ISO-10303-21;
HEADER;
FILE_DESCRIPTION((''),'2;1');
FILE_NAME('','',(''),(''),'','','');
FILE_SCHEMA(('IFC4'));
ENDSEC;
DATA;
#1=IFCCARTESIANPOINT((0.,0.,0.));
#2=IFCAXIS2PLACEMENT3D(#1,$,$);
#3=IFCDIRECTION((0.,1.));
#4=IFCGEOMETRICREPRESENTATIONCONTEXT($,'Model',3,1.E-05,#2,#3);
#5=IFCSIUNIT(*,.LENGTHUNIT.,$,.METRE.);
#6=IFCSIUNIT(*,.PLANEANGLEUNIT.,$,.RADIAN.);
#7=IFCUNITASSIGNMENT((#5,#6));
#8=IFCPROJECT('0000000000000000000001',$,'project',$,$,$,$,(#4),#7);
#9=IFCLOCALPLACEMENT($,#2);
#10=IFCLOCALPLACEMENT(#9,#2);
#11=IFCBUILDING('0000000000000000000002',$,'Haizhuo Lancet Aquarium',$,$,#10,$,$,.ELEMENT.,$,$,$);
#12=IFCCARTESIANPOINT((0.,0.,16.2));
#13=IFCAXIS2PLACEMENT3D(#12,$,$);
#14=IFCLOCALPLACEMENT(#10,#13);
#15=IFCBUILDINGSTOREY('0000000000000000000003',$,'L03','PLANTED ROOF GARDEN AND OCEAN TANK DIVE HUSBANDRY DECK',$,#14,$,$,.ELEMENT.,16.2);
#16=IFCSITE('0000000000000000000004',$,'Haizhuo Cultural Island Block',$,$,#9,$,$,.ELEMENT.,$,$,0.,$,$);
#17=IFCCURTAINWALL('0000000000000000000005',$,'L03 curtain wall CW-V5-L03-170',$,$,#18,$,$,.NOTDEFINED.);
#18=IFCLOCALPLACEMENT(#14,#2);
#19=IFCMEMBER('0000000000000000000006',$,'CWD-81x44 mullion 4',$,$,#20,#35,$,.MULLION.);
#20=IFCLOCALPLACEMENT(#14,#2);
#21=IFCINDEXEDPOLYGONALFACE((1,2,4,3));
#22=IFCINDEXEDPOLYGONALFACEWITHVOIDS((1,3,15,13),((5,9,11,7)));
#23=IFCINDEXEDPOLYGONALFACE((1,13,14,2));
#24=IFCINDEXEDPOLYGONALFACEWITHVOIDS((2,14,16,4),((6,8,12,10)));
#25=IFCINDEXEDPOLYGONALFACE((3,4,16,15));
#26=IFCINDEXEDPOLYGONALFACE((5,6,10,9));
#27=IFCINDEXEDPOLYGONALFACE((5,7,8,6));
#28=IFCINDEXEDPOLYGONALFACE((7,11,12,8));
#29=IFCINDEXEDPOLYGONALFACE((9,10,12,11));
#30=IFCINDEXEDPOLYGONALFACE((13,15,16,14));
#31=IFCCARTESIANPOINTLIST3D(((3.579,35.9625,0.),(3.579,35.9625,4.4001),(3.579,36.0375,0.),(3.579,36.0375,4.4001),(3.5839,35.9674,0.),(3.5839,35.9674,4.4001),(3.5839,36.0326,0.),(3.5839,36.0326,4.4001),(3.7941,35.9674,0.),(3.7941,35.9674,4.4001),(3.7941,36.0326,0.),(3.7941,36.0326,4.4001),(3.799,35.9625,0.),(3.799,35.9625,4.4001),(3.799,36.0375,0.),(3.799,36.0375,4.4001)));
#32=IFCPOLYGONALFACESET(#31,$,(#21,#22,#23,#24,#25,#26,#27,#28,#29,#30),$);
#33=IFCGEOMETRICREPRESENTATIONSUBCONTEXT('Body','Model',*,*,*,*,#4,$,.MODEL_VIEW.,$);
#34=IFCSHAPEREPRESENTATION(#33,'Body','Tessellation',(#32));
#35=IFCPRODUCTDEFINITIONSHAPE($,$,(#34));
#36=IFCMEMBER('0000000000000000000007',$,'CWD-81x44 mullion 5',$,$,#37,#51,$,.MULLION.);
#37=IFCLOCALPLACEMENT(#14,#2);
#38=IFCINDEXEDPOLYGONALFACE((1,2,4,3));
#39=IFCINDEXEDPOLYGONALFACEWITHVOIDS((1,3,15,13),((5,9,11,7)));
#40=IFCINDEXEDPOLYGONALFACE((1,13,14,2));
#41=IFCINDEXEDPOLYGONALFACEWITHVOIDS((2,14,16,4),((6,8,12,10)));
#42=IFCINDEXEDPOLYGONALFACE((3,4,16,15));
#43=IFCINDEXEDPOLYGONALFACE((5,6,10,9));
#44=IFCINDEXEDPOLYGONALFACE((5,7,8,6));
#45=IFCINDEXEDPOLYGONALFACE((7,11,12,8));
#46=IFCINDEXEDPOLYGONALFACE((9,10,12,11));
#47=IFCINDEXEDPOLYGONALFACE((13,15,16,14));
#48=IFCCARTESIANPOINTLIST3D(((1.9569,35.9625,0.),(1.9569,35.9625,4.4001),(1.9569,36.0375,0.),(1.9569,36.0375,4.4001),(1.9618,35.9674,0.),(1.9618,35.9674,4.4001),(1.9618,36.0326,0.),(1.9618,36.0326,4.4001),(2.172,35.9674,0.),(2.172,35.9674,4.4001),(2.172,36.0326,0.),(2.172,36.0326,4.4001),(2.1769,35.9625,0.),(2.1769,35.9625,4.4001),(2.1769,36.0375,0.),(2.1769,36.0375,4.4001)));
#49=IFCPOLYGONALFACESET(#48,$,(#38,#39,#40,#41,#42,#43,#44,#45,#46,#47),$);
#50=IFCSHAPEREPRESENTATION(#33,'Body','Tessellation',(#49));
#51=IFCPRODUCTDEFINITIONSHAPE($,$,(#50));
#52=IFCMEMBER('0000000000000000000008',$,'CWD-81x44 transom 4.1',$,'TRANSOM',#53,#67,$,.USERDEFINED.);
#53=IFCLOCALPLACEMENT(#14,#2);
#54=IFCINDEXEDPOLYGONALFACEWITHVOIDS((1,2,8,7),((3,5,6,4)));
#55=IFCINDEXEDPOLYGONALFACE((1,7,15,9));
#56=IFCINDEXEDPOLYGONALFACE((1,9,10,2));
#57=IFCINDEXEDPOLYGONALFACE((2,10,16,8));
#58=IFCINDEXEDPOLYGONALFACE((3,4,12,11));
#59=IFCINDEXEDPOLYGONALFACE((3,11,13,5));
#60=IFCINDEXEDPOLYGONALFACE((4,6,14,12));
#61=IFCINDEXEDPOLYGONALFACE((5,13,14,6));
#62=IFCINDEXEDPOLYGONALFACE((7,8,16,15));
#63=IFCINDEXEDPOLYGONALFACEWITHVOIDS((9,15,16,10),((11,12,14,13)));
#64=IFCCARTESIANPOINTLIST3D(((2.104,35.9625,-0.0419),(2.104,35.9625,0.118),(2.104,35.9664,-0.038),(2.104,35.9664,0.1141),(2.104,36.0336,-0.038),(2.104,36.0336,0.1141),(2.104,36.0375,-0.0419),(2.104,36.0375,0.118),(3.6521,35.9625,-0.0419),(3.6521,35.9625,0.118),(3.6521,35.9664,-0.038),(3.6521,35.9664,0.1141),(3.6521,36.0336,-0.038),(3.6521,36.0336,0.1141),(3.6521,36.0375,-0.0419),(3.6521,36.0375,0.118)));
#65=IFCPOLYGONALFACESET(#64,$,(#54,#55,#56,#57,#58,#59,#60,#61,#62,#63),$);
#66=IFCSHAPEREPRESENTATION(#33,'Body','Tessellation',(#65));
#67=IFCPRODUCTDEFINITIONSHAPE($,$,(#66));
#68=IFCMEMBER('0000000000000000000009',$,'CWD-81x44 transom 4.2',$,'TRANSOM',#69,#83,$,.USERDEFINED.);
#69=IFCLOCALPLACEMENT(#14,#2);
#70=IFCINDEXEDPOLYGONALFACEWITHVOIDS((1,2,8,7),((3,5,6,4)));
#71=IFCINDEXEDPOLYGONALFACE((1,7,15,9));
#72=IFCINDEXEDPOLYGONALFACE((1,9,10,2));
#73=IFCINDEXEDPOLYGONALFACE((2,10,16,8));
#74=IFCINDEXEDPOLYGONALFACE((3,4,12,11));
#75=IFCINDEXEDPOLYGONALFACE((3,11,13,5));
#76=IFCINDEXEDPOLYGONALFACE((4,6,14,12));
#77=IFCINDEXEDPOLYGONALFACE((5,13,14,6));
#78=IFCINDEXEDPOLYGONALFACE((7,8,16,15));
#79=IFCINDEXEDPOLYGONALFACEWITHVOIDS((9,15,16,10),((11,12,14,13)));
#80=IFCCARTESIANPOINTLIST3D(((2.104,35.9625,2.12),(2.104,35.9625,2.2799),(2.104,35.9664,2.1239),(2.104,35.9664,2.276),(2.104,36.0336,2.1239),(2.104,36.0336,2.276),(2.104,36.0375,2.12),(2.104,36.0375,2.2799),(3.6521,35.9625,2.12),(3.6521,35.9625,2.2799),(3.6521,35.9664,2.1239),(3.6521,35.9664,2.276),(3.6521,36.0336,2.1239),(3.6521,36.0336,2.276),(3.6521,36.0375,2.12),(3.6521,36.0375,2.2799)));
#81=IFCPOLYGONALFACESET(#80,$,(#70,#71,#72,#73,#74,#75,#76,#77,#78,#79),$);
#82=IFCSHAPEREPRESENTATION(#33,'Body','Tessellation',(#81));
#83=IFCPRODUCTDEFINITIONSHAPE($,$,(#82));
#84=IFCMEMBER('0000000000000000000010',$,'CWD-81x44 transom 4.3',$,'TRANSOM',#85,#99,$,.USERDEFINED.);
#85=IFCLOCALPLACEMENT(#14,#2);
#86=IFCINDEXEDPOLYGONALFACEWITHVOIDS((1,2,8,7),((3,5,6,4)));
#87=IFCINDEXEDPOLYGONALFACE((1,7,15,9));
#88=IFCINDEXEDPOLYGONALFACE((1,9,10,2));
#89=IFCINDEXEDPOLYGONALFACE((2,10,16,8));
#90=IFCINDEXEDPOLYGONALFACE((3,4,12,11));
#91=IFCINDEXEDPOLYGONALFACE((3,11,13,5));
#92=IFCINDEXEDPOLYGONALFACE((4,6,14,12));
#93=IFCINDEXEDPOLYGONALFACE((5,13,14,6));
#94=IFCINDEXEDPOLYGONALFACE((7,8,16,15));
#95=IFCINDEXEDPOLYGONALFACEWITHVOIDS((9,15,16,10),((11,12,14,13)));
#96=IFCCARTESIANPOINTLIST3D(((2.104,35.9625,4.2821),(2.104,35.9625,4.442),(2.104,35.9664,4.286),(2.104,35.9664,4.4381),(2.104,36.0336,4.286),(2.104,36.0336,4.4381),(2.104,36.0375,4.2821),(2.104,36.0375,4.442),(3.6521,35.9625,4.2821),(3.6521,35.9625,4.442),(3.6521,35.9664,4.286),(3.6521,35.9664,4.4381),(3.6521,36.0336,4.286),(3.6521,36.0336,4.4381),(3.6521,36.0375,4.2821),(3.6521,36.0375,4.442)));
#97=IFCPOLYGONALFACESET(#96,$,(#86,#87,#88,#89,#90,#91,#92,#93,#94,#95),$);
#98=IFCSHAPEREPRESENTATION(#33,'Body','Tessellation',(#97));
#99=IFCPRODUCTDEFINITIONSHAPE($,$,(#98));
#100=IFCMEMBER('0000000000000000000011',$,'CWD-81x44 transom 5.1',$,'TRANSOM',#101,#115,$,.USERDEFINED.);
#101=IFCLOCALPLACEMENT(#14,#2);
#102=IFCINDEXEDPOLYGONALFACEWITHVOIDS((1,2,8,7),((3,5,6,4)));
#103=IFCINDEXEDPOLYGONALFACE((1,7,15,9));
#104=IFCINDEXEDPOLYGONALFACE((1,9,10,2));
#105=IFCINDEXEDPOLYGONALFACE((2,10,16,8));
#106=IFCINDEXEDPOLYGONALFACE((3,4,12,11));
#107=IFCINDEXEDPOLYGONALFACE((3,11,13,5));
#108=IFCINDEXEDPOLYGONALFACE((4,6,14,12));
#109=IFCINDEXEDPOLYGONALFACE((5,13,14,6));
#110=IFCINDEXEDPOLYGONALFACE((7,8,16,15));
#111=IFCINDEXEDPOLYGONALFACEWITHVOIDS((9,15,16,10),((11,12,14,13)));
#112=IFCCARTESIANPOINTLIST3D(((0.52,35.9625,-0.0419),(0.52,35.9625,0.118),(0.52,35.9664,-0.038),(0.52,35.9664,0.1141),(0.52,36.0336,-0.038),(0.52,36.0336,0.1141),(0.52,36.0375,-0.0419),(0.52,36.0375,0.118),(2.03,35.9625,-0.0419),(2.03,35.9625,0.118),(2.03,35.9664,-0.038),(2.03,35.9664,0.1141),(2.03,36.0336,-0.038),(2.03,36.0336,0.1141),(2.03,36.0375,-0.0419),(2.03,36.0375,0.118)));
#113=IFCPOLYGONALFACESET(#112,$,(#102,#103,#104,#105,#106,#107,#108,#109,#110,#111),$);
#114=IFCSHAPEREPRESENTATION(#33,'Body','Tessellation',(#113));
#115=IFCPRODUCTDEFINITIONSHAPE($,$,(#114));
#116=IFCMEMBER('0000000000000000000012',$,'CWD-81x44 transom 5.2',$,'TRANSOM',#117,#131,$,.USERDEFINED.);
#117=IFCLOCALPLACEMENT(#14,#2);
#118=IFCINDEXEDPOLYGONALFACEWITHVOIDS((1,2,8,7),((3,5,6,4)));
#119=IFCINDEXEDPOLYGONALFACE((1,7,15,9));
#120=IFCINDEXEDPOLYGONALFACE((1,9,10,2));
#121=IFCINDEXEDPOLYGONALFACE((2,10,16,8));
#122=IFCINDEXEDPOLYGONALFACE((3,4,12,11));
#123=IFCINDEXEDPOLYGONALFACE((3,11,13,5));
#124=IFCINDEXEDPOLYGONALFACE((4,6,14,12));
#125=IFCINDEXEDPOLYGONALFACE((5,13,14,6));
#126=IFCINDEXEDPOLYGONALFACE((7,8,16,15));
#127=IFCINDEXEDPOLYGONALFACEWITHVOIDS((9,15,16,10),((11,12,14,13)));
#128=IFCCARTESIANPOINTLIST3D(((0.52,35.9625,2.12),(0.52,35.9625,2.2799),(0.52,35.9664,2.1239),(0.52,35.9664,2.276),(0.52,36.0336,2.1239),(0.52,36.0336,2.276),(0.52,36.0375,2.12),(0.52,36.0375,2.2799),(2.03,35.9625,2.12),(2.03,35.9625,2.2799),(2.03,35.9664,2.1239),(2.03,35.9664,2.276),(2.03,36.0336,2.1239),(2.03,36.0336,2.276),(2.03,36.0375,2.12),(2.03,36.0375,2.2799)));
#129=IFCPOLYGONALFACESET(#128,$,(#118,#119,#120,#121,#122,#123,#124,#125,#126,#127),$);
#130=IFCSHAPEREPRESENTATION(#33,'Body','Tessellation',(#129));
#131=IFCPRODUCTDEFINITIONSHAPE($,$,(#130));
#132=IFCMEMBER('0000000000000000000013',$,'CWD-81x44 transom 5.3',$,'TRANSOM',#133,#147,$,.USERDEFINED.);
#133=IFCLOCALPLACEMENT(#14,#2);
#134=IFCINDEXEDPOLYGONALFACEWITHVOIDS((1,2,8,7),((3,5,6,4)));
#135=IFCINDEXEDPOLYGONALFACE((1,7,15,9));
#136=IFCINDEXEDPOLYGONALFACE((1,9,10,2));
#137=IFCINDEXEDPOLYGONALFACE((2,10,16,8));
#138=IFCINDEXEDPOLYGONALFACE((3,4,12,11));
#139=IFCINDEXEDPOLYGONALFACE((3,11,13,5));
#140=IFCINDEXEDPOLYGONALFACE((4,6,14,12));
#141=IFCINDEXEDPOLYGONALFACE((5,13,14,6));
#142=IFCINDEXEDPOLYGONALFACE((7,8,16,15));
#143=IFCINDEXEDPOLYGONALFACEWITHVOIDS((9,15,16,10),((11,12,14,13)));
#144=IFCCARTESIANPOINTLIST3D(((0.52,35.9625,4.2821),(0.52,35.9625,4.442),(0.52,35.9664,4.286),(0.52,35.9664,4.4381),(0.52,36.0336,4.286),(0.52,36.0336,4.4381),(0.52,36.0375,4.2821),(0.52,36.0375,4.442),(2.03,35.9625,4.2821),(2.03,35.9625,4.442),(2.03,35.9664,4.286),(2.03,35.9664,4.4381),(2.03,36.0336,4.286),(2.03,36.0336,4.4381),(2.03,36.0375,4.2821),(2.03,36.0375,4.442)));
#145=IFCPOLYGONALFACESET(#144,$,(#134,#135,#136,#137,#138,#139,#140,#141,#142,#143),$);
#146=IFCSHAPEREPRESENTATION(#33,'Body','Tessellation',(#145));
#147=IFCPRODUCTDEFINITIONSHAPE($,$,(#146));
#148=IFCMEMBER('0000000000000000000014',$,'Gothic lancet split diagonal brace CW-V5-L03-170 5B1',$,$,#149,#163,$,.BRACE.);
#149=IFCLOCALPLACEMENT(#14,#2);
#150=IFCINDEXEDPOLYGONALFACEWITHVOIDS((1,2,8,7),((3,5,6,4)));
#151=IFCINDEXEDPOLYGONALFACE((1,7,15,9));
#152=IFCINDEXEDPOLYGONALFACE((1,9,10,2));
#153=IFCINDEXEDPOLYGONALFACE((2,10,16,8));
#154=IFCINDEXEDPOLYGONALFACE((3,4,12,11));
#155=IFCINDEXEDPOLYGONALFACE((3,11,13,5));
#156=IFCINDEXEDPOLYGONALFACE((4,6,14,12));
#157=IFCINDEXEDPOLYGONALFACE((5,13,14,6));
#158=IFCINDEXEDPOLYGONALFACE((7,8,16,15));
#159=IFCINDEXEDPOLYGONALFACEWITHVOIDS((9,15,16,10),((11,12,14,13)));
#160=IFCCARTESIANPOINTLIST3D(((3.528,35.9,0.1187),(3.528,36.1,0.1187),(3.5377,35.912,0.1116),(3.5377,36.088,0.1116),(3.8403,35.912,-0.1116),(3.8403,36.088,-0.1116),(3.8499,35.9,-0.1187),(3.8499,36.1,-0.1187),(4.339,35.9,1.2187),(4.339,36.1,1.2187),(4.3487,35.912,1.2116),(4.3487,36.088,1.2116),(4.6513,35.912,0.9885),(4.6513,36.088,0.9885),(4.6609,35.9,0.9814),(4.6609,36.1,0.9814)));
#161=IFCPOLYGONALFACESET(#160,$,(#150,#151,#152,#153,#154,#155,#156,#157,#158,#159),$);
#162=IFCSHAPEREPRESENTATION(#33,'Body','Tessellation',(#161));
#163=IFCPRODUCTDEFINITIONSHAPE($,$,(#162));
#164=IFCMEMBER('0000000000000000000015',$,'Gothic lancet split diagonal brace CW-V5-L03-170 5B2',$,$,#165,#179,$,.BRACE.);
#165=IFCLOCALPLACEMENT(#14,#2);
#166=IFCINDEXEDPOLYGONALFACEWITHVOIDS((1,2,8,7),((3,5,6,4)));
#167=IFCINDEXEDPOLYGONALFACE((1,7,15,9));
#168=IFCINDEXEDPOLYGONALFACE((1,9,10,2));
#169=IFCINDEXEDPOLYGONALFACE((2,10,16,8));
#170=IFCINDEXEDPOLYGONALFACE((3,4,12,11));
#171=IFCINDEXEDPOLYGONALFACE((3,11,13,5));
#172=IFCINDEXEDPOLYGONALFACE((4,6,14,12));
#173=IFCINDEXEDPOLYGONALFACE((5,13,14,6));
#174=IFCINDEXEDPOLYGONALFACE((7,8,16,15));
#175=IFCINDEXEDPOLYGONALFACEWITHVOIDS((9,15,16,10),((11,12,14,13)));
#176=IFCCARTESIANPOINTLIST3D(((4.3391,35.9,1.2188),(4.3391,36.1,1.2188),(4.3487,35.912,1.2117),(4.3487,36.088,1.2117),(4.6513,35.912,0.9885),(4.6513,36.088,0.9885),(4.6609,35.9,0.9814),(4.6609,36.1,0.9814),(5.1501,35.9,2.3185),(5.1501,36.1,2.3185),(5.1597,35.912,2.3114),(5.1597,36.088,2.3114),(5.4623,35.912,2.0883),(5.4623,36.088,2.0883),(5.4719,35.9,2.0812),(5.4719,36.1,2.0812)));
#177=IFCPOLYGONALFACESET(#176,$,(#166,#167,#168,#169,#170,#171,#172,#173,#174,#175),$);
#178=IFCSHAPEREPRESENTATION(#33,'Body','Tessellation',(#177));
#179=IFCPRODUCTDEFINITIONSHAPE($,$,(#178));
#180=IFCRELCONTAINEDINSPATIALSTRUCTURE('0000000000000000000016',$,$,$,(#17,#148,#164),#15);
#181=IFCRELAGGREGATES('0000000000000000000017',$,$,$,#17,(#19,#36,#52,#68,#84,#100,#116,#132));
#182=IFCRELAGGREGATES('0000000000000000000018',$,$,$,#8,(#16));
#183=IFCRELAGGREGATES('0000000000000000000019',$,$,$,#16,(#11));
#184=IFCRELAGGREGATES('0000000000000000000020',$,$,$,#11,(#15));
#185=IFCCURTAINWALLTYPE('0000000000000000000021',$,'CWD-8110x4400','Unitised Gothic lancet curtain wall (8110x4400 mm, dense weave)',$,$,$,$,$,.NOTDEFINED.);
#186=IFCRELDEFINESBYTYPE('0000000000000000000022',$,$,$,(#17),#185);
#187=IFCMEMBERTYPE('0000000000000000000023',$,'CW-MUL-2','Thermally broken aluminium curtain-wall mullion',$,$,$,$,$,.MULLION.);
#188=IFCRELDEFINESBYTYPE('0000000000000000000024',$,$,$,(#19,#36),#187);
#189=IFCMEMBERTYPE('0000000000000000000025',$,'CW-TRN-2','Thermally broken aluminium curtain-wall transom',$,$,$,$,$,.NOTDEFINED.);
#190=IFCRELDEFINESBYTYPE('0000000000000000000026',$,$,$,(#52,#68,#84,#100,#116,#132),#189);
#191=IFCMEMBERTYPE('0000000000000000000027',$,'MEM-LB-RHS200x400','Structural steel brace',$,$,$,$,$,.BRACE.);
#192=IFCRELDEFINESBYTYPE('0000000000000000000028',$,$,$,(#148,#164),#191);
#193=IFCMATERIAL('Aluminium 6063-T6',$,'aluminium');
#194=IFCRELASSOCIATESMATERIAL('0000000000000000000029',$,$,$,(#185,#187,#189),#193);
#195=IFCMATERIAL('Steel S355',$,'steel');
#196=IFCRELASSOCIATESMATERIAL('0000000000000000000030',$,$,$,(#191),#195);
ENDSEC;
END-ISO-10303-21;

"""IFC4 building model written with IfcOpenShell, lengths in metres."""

from ifc_helpers import new_model, si_unit, direction, frame, origin, origin_2d, place, context, subcontext, project, spatial, hollow_rectangle, extrude, material, material_profile, profile_set, type_object, element, aggregate, save


model = new_model("IFC4")

# Units and contexts
model_context = context("Model", 3, precision=1e-05, world=origin(), true_north=direction((0.0, 1.0)))
body_context = subcontext(model_context, "Body", "Model", "MODEL_VIEW")
ifc_project = project(units=[si_unit("LENGTHUNIT", "METRE"), si_unit("PLANEANGLEUNIT", "RADIAN")], contexts=[model_context])

# Site, building, storey
site_placement = place(None, origin())
site = spatial("IfcSite", under=ifc_project, at=site_placement, Name="Haizhuo Cultural Island Block", CompositionType="ELEMENT", RefElevation=0.0)
building_placement = place(site_placement, origin())
building = spatial("IfcBuilding", under=site, at=building_placement, Name="Haizhuo Lancet Aquarium", CompositionType="ELEMENT")
storey_placement = place(building_placement, frame((0.0, 0.0, 16.2)))
storey = spatial("IfcBuildingStorey", under=building, at=storey_placement, Name="L03", Description="PLANTED ROOF GARDEN AND OCEAN TANK DIVE HUSBANDRY DECK", CompositionType="ELEMENT", Elevation=16.2)

# Curtain wall, members
ifc_material_1 = material(Name="Aluminium 6063-T6", Category="aluminium")
curtain_wall_type = type_object("IfcCurtainWallType", Name="CWD-8110x4400", Description="Unitised Gothic lancet curtain wall (8110x4400 mm, dense weave)", PredefinedType="NOTDEFINED", material=ifc_material_1)
curtain_wall_placement = place(storey_placement, origin())
curtain_wall = element("IfcCurtainWall", 1, at=curtain_wall_placement, inside=storey, type_object=curtain_wall_type, Name="L03 curtain wall CW-V5-L03-170", PredefinedType="NOTDEFINED")
ifc_material_profile_1 = material_profile(ifc_material_1, hollow_rectangle(XDim=0.075, YDim=0.22, WallThickness=0.0049, at=origin_2d()), Name="ALU-M 75x220x5")
ifc_profile_set_1 = profile_set([ifc_material_profile_1], Name="Aluminium 6063-T6")
member_type_1 = type_object("IfcMemberType", Name="CW-MUL-2", Description="Thermally broken aluminium curtain-wall mullion", PredefinedType="MULLION", material=ifc_profile_set_1)
member_1_placement = place(storey_placement, frame((3.689, 36.0, 0.0), z_axis=(0.0, 0.0, 1.0), x_axis=(0.0, -1.0, 0.0)))
member_1 = element("IfcMember", 2, at=member_1_placement, type_object=member_type_1, Name="CWD-81x44 mullion 4", PredefinedType="MULLION", context=body_context, shape_type="SweptSolid", body=[
    extrude(hollow_rectangle(XDim=0.075, YDim=0.22, WallThickness=0.0049, at=origin_2d()), origin(), (0.0, 0.0, 1.0), 4.4001),
])
member_2_placement = place(storey_placement, frame((2.0669, 36.0, 0.0), z_axis=(0.0, 0.0, 1.0), x_axis=(0.0, -1.0, 0.0)))
member_2 = element("IfcMember", 3, at=member_2_placement, type_object=member_type_1, Name="CWD-81x44 mullion 5", PredefinedType="MULLION", context=body_context, shape_type="SweptSolid", body=[
    extrude(hollow_rectangle(XDim=0.075, YDim=0.22, WallThickness=0.0049, at=origin_2d()), origin(), (0.0, 0.0, 1.0), 4.4001),
])
ifc_material_profile_2 = material_profile(ifc_material_1, hollow_rectangle(XDim=0.075, YDim=0.1599, WallThickness=0.0039, at=origin_2d()), Name="ALU-T 75x160x4")
ifc_profile_set_2 = profile_set([ifc_material_profile_2], Name="Aluminium 6063-T6")
member_type_2 = type_object("IfcMemberType", Name="CW-TRN-2", Description="Thermally broken aluminium curtain-wall transom", PredefinedType="NOTDEFINED", material=ifc_profile_set_2)
member_3_placement = place(storey_placement, frame((3.6521, 36.0, 0.0381), z_axis=(-1.0, 0.0, 0.0), x_axis=(0.0, -1.0, 0.0)))
member_3 = element("IfcMember", 4, at=member_3_placement, type_object=member_type_2, Name="CWD-81x44 transom 4.1", ObjectType="TRANSOM", PredefinedType="USERDEFINED", context=body_context, shape_type="SweptSolid", body=[
    extrude(hollow_rectangle(XDim=0.075, YDim=0.1599, WallThickness=0.0039, at=origin_2d()), origin(), (0.0, 0.0, 1.0), 1.5481),
])
member_4_placement = place(storey_placement, frame((3.6521, 36.0, 2.2), z_axis=(-1.0, 0.0, 0.0), x_axis=(0.0, -1.0, 0.0)))
member_4 = element("IfcMember", 5, at=member_4_placement, type_object=member_type_2, Name="CWD-81x44 transom 4.2", ObjectType="TRANSOM", PredefinedType="USERDEFINED", context=body_context, shape_type="SweptSolid", body=[
    extrude(hollow_rectangle(XDim=0.075, YDim=0.1599, WallThickness=0.0039, at=origin_2d()), origin(), (0.0, 0.0, 1.0), 1.5481),
])
member_5_placement = place(storey_placement, frame((3.6521, 36.0, 4.3621), z_axis=(-1.0, 0.0, 0.0), x_axis=(0.0, -1.0, 0.0)))
member_5 = element("IfcMember", 6, at=member_5_placement, type_object=member_type_2, Name="CWD-81x44 transom 4.3", ObjectType="TRANSOM", PredefinedType="USERDEFINED", context=body_context, shape_type="SweptSolid", body=[
    extrude(hollow_rectangle(XDim=0.075, YDim=0.1599, WallThickness=0.0039, at=origin_2d()), origin(), (0.0, 0.0, 1.0), 1.5481),
])
member_6_placement = place(storey_placement, frame((2.03, 36.0, 0.0381), z_axis=(-1.0, 0.0, 0.0), x_axis=(0.0, -1.0, 0.0)))
member_6 = element("IfcMember", 7, at=member_6_placement, type_object=member_type_2, Name="CWD-81x44 transom 5.1", ObjectType="TRANSOM", PredefinedType="USERDEFINED", context=body_context, shape_type="SweptSolid", body=[
    extrude(hollow_rectangle(XDim=0.075, YDim=0.1599, WallThickness=0.0039, at=origin_2d()), origin(), (0.0, 0.0, 1.0), 1.51),
])
member_7_placement = place(storey_placement, frame((2.03, 36.0, 2.2), z_axis=(-1.0, 0.0, 0.0), x_axis=(0.0, -1.0, 0.0)))
member_7 = element("IfcMember", 8, at=member_7_placement, type_object=member_type_2, Name="CWD-81x44 transom 5.2", ObjectType="TRANSOM", PredefinedType="USERDEFINED", context=body_context, shape_type="SweptSolid", body=[
    extrude(hollow_rectangle(XDim=0.075, YDim=0.1599, WallThickness=0.0039, at=origin_2d()), origin(), (0.0, 0.0, 1.0), 1.51),
])
member_8_placement = place(storey_placement, frame((2.03, 36.0, 4.3621), z_axis=(-1.0, 0.0, 0.0), x_axis=(0.0, -1.0, 0.0)))
member_8 = element("IfcMember", 9, at=member_8_placement, type_object=member_type_2, Name="CWD-81x44 transom 5.3", ObjectType="TRANSOM", PredefinedType="USERDEFINED", context=body_context, shape_type="SweptSolid", body=[
    extrude(hollow_rectangle(XDim=0.075, YDim=0.1599, WallThickness=0.0039, at=origin_2d()), origin(), (0.0, 0.0, 1.0), 1.51),
])

# Members
ifc_material_2 = material(Name="Steel S355", Category="steel")
ifc_material_profile_3 = material_profile(ifc_material_2, hollow_rectangle(XDim=0.2, YDim=0.3999, WallThickness=0.012, at=origin_2d()), Name="RHS 200x400x12")
ifc_profile_set_3 = profile_set([ifc_material_profile_3], Name="Steel S355")
member_type_3 = type_object("IfcMemberType", Name="MEM-LB-RHS200x400", Description="Structural steel brace", PredefinedType="BRACE", material=ifc_profile_set_3)
member_9_placement = place(storey_placement, frame((3.689, 36.0, 0.0), z_axis=(0.593406, 0.0, 0.804903), x_axis=(0.0, 1.0, 0.0)))
element("IfcMember", 10, at=member_9_placement, inside=storey, type_object=member_type_3, Name="Gothic lancet split diagonal brace CW-V5-L03-170 5B1", PredefinedType="BRACE", context=body_context, shape_type="SweptSolid", body=[
    extrude(hollow_rectangle(XDim=0.2, YDim=0.3999, WallThickness=0.012, at=origin_2d()), origin(), (0.0, 0.0, 1.0), 1.3667),
])
member_10_placement = place(storey_placement, frame((4.5, 36.0, 1.1001), z_axis=(0.593492, 0.0, 0.80484), x_axis=(0.0, 1.0, 0.0)))
element("IfcMember", 11, at=member_10_placement, inside=storey, type_object=member_type_3, Name="Gothic lancet split diagonal brace CW-V5-L03-170 5B2", PredefinedType="BRACE", context=body_context, shape_type="SweptSolid", body=[
    extrude(hollow_rectangle(XDim=0.2, YDim=0.3999, WallThickness=0.012, at=origin_2d()), origin(), (0.0, 0.0, 1.0), 1.3665),
])

aggregate(curtain_wall, [member_1, member_2, member_3, member_4, member_5, member_6, member_7, member_8])

save(model, "model.ifc")
